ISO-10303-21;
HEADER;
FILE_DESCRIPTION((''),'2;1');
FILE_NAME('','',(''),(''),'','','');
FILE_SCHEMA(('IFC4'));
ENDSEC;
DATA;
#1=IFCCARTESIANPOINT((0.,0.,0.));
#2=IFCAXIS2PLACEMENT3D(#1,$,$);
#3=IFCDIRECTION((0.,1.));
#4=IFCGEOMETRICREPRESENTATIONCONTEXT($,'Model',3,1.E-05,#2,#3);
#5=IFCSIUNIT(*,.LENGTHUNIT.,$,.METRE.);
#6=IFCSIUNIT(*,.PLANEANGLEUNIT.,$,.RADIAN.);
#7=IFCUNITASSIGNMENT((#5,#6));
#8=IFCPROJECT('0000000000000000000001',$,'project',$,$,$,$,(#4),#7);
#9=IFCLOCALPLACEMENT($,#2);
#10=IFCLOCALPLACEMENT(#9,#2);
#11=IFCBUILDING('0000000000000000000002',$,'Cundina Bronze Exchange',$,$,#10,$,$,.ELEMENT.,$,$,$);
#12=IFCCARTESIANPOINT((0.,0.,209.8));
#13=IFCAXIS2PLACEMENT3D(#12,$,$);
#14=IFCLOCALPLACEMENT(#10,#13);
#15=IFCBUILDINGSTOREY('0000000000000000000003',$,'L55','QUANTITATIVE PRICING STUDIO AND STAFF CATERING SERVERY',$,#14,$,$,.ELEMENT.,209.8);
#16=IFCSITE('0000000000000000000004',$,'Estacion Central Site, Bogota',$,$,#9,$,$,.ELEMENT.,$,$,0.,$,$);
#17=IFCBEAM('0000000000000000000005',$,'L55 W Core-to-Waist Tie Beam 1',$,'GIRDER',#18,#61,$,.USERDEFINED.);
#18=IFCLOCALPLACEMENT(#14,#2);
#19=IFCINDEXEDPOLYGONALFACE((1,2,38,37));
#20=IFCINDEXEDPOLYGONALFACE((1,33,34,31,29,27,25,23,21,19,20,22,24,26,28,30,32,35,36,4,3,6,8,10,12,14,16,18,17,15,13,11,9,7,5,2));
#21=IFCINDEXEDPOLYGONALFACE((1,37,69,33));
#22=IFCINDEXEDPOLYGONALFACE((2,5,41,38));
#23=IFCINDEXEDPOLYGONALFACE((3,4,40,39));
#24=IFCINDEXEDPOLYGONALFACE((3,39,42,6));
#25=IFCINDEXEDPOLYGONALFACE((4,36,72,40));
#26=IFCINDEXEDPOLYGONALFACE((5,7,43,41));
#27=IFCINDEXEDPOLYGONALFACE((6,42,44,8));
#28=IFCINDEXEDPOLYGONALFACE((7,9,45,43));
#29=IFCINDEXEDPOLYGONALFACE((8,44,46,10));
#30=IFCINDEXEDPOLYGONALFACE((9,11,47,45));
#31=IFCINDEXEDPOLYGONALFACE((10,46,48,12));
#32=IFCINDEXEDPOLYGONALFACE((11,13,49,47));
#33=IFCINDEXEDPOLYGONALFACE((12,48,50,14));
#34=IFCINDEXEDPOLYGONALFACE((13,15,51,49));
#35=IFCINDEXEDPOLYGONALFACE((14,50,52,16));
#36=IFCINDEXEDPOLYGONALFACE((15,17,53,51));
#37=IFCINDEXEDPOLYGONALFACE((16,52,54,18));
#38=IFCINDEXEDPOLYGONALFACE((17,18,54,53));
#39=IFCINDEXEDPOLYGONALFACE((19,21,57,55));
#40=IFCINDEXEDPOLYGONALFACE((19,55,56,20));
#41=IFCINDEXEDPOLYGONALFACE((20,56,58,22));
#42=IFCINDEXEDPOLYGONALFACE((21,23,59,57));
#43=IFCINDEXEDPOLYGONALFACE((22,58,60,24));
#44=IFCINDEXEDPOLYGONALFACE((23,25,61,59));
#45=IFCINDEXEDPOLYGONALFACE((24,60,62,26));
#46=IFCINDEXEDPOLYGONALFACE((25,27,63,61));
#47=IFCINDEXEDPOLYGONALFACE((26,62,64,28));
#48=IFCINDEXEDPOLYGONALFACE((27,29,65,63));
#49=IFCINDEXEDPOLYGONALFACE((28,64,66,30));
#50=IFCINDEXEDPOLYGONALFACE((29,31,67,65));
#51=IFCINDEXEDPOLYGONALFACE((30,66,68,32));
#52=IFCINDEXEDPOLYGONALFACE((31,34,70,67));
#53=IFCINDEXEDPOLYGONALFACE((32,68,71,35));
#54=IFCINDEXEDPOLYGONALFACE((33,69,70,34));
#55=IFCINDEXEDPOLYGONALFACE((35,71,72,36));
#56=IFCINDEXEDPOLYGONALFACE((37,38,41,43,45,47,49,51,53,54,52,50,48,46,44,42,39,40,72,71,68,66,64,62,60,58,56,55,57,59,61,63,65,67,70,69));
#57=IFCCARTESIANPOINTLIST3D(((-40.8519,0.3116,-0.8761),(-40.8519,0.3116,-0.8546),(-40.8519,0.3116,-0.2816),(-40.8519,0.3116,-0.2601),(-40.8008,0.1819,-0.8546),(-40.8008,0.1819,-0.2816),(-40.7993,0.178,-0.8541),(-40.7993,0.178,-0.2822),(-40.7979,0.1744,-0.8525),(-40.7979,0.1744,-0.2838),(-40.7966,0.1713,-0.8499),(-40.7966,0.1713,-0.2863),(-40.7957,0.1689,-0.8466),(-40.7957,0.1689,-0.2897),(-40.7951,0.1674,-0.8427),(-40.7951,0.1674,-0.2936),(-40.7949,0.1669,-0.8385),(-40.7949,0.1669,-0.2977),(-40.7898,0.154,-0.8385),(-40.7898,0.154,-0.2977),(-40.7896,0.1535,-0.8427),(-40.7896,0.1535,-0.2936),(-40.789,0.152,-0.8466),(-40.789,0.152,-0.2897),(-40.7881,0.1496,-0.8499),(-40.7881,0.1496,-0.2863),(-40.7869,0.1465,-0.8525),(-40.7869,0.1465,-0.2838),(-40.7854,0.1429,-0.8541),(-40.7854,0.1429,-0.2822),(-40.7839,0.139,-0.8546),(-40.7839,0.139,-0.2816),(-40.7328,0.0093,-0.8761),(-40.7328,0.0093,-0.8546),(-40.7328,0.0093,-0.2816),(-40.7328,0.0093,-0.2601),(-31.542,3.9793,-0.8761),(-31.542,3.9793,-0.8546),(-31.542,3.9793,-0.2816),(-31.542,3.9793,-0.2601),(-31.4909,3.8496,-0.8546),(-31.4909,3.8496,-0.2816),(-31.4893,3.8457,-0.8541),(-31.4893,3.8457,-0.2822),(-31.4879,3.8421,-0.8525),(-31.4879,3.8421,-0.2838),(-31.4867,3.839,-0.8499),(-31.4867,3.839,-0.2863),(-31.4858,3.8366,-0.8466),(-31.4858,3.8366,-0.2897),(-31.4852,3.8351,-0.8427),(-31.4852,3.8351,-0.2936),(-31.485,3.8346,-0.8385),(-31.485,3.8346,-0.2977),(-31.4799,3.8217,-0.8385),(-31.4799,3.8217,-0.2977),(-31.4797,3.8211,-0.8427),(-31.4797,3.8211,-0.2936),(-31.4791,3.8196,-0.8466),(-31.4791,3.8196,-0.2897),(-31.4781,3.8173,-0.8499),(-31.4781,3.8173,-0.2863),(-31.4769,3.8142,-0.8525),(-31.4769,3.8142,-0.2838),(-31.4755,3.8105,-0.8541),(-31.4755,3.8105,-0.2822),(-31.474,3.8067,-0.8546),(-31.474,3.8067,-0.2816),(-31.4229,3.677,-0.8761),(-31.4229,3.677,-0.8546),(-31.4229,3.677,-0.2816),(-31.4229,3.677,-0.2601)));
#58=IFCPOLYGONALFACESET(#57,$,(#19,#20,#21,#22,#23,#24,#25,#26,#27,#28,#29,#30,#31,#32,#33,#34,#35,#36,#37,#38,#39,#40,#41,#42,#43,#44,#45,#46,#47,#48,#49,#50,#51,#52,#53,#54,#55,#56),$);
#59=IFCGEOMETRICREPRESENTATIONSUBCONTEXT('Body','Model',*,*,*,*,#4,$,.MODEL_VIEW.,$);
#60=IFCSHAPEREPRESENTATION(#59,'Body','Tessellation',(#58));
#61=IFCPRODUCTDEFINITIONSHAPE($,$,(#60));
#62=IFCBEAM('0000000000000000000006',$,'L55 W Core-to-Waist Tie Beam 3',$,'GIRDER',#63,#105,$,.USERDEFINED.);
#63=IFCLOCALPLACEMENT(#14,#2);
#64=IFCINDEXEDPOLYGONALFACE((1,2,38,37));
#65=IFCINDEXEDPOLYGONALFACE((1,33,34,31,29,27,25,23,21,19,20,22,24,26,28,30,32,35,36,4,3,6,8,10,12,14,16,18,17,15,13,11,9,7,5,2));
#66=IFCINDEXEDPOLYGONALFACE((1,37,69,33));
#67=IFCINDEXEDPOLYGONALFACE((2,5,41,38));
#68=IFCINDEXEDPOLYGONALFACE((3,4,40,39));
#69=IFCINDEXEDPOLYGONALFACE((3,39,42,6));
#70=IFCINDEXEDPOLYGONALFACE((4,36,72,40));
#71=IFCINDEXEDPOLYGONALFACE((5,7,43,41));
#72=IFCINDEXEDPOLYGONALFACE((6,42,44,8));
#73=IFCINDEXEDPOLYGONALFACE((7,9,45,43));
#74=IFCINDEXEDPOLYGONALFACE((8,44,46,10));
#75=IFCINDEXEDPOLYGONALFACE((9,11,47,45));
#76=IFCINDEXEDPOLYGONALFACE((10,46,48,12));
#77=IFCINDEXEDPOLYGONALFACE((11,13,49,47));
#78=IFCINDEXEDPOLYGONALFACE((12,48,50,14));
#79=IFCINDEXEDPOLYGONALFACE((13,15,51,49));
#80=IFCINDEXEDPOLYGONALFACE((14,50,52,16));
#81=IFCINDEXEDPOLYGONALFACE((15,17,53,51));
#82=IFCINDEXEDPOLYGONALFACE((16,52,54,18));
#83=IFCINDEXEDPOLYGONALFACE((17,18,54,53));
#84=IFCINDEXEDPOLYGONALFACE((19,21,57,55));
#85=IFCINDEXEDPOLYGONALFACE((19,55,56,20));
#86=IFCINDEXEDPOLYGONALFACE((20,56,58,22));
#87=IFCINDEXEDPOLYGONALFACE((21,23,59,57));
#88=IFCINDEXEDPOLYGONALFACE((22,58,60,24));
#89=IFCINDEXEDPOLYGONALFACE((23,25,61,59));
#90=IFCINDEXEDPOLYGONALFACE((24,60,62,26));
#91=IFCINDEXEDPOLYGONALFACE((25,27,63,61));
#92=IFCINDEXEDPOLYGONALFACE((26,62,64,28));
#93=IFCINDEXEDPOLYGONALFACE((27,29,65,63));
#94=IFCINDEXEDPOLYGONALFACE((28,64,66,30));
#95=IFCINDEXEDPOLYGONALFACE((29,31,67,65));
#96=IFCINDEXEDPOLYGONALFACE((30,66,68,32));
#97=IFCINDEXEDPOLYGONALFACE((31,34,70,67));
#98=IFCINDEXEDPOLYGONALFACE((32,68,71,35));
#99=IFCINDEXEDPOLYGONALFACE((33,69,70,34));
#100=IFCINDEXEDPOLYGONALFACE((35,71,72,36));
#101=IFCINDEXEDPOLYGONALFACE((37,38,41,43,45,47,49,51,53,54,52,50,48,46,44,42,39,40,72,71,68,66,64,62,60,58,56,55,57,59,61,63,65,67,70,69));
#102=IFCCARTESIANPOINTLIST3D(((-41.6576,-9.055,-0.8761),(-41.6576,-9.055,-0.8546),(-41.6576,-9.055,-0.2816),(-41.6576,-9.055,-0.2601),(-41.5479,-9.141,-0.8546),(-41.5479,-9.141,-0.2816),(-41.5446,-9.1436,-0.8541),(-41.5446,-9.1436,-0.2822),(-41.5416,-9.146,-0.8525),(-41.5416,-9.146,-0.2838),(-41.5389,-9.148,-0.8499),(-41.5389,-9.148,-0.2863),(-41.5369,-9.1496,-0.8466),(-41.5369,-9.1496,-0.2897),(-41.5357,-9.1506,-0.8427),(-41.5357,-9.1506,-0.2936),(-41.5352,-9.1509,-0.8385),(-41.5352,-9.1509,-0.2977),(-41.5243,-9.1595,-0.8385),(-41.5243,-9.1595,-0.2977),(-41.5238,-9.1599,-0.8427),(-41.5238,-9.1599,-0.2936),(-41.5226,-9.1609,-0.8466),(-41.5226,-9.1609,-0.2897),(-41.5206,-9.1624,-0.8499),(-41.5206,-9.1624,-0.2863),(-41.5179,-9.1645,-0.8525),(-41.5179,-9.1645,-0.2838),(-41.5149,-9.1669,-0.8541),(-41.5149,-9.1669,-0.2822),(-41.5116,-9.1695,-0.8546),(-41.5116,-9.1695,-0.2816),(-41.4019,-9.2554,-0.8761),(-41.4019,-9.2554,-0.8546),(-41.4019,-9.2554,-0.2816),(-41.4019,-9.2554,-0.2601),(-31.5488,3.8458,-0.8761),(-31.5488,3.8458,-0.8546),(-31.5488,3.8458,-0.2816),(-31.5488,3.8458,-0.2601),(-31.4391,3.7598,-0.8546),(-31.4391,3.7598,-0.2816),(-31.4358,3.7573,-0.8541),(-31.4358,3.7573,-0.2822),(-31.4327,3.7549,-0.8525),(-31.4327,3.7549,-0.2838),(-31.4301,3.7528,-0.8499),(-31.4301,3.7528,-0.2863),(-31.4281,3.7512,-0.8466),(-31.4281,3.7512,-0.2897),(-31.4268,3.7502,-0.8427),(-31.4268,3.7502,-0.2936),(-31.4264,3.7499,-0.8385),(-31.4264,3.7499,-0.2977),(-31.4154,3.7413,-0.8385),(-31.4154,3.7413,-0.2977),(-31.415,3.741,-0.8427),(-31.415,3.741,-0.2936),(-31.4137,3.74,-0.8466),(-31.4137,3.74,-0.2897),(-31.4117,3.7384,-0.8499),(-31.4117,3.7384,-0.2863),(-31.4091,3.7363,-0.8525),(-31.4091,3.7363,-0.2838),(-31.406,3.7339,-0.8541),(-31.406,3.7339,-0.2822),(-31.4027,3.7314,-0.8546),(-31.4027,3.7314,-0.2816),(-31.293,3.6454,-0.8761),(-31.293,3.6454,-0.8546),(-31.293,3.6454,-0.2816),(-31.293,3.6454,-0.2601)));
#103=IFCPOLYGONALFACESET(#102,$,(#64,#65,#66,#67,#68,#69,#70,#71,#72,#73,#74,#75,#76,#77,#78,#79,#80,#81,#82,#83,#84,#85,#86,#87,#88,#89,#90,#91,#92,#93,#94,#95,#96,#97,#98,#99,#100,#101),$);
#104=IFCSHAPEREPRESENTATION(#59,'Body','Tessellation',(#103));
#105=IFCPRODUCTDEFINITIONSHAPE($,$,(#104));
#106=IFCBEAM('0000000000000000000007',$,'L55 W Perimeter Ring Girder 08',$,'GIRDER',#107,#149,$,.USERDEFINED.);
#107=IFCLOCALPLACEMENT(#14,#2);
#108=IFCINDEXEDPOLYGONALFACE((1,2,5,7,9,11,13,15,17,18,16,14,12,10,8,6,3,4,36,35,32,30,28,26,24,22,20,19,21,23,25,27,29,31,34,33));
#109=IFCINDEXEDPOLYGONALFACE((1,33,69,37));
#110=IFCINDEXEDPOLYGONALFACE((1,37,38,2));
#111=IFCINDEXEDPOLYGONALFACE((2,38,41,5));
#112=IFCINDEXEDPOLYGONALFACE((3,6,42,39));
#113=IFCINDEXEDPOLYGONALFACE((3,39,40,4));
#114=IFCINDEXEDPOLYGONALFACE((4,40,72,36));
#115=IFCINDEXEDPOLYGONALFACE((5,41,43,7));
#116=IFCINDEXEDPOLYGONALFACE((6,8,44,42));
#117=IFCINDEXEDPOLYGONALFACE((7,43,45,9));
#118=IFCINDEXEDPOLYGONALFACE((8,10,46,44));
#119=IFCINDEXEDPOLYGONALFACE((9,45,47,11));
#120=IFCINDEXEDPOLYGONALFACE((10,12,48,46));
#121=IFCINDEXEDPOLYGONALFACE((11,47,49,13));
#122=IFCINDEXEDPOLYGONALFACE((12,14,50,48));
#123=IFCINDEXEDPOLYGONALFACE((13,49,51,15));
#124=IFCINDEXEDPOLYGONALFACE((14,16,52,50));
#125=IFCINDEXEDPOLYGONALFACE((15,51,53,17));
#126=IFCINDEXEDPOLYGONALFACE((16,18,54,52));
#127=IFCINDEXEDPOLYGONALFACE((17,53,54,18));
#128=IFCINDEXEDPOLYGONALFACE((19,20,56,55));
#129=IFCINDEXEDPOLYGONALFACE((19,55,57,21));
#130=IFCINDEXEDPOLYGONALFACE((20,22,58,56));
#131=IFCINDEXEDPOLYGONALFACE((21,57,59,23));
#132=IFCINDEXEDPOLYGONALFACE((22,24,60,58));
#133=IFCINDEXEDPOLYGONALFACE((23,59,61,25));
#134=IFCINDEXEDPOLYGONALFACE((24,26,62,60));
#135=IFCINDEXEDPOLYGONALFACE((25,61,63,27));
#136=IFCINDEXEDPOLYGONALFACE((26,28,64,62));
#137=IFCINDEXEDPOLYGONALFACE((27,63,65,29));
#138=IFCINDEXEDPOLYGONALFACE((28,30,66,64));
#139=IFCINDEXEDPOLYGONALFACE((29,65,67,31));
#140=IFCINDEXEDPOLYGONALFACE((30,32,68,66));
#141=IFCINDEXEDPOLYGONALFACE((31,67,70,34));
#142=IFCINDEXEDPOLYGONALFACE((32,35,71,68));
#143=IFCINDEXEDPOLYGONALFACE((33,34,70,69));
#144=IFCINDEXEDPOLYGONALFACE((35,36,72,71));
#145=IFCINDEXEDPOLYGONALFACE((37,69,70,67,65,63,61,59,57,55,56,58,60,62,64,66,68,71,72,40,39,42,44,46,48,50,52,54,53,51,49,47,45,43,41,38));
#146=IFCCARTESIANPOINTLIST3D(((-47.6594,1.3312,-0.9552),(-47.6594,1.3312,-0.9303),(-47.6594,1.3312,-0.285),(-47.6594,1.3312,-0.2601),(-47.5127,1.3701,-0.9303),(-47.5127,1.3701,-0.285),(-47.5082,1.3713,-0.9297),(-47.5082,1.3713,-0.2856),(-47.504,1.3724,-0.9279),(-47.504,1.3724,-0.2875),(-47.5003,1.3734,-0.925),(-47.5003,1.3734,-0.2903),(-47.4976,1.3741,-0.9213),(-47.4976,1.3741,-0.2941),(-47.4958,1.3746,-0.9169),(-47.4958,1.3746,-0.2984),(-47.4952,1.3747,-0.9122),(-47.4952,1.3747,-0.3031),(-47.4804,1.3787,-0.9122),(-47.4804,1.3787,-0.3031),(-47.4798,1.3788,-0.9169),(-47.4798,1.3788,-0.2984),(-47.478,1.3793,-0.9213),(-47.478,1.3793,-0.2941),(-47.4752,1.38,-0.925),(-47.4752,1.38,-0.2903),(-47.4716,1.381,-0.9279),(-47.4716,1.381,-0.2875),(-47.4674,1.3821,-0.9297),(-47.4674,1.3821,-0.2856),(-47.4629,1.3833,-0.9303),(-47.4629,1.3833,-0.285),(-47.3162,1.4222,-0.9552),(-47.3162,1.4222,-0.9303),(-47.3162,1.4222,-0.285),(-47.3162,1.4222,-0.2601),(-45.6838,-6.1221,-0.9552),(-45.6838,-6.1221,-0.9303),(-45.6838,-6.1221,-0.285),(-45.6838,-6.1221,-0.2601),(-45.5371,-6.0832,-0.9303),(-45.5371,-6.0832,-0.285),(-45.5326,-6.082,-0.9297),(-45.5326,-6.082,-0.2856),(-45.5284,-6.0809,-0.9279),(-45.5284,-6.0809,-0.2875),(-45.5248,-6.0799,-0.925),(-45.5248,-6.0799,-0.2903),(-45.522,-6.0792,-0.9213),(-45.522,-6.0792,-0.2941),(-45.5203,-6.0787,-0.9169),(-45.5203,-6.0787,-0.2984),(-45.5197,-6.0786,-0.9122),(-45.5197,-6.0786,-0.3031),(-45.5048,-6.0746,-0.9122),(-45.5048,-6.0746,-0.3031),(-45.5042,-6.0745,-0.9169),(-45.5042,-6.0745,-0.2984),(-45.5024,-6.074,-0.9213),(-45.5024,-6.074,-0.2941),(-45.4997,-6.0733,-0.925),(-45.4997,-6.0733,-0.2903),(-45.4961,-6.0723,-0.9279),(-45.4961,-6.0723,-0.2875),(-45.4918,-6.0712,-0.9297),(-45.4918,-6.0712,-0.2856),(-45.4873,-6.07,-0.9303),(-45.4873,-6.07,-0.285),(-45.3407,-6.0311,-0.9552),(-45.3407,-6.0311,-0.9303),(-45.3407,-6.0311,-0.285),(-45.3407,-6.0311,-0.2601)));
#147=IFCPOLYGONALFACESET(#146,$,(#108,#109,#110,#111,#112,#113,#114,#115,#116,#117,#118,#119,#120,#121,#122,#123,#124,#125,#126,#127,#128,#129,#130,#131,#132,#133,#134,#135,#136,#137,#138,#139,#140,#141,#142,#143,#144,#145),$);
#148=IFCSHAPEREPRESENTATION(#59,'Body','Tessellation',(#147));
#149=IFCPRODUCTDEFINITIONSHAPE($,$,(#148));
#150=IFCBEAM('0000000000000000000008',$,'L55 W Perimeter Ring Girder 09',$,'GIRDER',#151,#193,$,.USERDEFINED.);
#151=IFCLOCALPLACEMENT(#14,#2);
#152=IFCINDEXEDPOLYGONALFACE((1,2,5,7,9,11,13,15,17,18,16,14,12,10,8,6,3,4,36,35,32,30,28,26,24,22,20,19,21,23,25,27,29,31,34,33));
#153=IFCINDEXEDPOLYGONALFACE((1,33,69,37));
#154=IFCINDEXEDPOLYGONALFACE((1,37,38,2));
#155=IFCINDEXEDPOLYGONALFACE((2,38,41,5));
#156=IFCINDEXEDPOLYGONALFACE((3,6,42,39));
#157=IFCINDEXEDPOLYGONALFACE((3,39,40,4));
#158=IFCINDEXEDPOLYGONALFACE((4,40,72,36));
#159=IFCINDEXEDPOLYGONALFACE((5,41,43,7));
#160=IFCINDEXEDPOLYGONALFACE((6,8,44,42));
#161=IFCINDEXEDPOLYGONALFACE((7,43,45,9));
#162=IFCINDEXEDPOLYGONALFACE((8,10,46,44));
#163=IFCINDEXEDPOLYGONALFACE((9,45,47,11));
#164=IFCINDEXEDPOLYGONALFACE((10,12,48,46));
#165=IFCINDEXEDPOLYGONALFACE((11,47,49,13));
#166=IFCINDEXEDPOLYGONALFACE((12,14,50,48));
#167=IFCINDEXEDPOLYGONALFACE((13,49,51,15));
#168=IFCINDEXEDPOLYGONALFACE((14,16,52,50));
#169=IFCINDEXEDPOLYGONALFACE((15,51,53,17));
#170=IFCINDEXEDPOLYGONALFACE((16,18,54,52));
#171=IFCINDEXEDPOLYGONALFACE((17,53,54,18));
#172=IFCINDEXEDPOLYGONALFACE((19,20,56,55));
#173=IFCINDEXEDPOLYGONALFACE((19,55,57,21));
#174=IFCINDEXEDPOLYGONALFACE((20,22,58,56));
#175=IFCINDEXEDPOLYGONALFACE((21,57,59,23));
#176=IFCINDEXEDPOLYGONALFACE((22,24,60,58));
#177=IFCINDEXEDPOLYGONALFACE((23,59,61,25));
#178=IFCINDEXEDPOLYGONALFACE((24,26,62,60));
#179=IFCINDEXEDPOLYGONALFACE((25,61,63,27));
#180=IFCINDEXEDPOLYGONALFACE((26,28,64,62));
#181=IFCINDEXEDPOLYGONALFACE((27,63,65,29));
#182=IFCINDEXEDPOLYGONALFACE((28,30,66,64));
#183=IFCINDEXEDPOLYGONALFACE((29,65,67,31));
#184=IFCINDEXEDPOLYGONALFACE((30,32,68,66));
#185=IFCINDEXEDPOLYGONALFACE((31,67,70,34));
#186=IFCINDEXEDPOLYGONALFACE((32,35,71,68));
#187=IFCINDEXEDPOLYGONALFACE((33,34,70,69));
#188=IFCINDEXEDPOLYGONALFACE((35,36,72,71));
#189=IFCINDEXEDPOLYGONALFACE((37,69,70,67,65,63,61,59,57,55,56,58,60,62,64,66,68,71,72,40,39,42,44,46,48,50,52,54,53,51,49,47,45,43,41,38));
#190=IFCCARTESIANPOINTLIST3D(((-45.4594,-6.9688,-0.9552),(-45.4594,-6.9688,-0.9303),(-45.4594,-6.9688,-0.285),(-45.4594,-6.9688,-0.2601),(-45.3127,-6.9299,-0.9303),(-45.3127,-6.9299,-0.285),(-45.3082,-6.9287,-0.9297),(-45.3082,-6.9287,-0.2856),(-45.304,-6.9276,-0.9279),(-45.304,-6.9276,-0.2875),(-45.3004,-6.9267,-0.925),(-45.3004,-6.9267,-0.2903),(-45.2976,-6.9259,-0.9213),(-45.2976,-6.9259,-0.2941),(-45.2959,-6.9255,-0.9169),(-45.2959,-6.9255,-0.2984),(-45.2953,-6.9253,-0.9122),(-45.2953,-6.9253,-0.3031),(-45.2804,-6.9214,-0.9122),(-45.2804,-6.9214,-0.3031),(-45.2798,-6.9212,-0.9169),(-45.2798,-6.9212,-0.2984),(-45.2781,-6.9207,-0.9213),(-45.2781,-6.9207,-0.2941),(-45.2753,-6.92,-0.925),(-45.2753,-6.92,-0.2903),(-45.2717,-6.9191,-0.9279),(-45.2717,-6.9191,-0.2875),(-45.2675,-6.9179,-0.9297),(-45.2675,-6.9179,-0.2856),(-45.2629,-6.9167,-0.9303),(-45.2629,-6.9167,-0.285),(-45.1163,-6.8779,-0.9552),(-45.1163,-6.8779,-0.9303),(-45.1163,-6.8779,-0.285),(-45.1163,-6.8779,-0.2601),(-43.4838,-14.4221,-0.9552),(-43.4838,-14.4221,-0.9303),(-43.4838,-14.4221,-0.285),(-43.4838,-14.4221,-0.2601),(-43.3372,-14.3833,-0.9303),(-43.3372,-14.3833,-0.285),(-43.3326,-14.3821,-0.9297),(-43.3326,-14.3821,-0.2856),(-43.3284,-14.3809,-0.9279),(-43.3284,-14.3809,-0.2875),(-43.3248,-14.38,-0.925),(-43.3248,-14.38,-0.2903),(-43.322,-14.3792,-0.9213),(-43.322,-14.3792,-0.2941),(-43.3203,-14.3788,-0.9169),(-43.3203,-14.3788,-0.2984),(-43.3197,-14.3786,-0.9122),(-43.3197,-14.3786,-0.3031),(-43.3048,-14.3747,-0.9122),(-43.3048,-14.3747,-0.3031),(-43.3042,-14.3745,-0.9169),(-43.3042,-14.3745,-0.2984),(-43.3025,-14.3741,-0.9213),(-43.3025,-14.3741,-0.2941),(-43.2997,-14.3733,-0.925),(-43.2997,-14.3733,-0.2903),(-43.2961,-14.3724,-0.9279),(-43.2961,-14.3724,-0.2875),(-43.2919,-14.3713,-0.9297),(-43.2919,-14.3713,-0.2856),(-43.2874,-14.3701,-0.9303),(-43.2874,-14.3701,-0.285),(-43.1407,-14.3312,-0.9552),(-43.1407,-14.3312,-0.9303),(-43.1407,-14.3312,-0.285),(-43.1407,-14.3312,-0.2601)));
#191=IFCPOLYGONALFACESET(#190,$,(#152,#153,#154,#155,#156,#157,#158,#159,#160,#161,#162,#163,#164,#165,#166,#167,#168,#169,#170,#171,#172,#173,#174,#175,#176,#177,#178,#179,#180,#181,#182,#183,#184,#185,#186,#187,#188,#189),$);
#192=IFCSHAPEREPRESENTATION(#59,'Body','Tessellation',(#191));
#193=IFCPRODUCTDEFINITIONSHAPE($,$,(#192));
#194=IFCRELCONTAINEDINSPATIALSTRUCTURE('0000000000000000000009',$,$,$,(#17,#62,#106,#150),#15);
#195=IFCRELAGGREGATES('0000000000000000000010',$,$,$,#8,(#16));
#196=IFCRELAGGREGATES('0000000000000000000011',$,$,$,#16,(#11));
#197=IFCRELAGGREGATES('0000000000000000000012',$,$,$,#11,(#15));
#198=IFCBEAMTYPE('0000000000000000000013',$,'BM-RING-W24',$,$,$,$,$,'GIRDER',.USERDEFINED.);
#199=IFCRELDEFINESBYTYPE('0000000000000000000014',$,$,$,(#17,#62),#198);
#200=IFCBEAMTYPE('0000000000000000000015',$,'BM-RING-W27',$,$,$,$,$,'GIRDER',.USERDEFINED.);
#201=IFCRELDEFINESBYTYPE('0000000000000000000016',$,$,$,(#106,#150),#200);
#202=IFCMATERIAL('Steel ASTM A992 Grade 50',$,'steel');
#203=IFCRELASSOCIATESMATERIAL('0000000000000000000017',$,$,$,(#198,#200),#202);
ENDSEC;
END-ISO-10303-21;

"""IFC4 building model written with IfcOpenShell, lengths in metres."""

from ifc_helpers import new_model, si_unit, direction, frame, origin, origin_2d, place, context, subcontext, project, spatial, i_section, extrude, material, material_profile, profile_set, type_object, element, save


model = new_model("IFC4")

# Units and contexts
model_context = context("Model", 3, precision=1e-05, world=origin(), true_north=direction((0.0, 1.0)))
body_context = subcontext(model_context, "Body", "Model", "MODEL_VIEW")
ifc_project = project(units=[si_unit("LENGTHUNIT", "METRE"), si_unit("PLANEANGLEUNIT", "RADIAN")], contexts=[model_context])

# Site, building, storey
site_placement = place(None, origin())
site = spatial("IfcSite", under=ifc_project, at=site_placement, Name="Estacion Central Site, Bogota", CompositionType="ELEMENT", RefElevation=0.0)
building_placement = place(site_placement, origin())
building = spatial("IfcBuilding", under=site, at=building_placement, Name="Cundina Bronze Exchange", CompositionType="ELEMENT")
storey_placement = place(building_placement, frame((0.0, 0.0, 209.8)))
storey = spatial("IfcBuildingStorey", under=building, at=storey_placement, Name="L55", Description="QUANTITATIVE PRICING STUDIO AND STAFF CATERING SERVERY", CompositionType="ELEMENT", Elevation=209.8)

# Beams
ifc_material_1 = material(Name="Steel ASTM A992 Grade 50", Category="steel")
ifc_material_profile_1 = material_profile(ifc_material_1, i_section(OverallWidth=0.325, OverallDepth=0.616, WebThickness=0.0139, FlangeThickness=0.0215, FilletRadius=0.0161, at=origin_2d()), Name="W24X117", Category="steel")
ifc_profile_set_1 = profile_set([ifc_material_profile_1], Name="Steel ASTM A992 Grade 50")
beam_type_1 = type_object("IfcBeamType", Name="BM-RING-W24", ElementType="GIRDER", PredefinedType="USERDEFINED", material=ifc_profile_set_1)
beam_1_placement = place(storey_placement, frame((-31.4824, 3.8281, -0.5681), z_axis=(-0.930404, -0.366535, 0.0), x_axis=(0.366535, -0.930404, 0.0)))
element("IfcBeam", 1, at=beam_1_placement, inside=storey, type_object=beam_type_1, Name="L55 W Core-to-Waist Tie Beam 1", ObjectType="GIRDER", PredefinedType="USERDEFINED", context=body_context, shape_type="SweptSolid", body=[
    extrude(i_section(OverallWidth=0.325, OverallDepth=0.616, WebThickness=0.0139, FlangeThickness=0.0215, FilletRadius=0.0161, at=origin_2d()), origin(), (0.0, 0.0, 1.0), 10.0063),
])
beam_2_placement = place(storey_placement, frame((-31.4209, 3.7456, -0.5681), z_axis=(-0.616783, -0.787133, 0.0), x_axis=(0.787133, -0.616783, 0.0)))
element("IfcBeam", 2, at=beam_2_placement, inside=storey, type_object=beam_type_1, Name="L55 W Core-to-Waist Tie Beam 3", ObjectType="GIRDER", PredefinedType="USERDEFINED", context=body_context, shape_type="SweptSolid", body=[
    extrude(i_section(OverallWidth=0.325, OverallDepth=0.616, WebThickness=0.0139, FlangeThickness=0.0215, FilletRadius=0.0161, at=origin_2d()), origin(), (0.0, 0.0, 1.0), 16.3896),
])
ifc_material_profile_2 = material_profile(ifc_material_1, i_section(OverallWidth=0.355, OverallDepth=0.6951, WebThickness=0.0154, FlangeThickness=0.0249, FilletRadius=0.0181, at=origin_2d()), Name="W27X146", Category="steel")
ifc_profile_set_2 = profile_set([ifc_material_profile_2], Name="Steel ASTM A992 Grade 50")
beam_type_2 = type_object("IfcBeamType", Name="BM-RING-W27", ElementType="GIRDER", PredefinedType="USERDEFINED", material=ifc_profile_set_2)
for number, where, z_axis, x_axis, name in (
    (3, (-47.4878, 1.3767, -0.6077), (0.256212, -0.966621, 0.0), (0.966621, 0.256212, 0.0), "L55 W Perimeter Ring Girder 08"),
    (4, (-45.2878, -6.9233, -0.6077), (0.256212, -0.966621, 0.0), (0.966621, 0.256212, 0.0), "L55 W Perimeter Ring Girder 09"),
):
    element("IfcBeam", number, at=place(storey_placement, frame(where, z_axis=z_axis, x_axis=x_axis)), inside=storey, type_object=beam_type_2, Name=name, ObjectType="GIRDER", PredefinedType="USERDEFINED", context=body_context, shape_type="SweptSolid", body=[
        extrude(i_section(OverallWidth=0.355, OverallDepth=0.6951, WebThickness=0.0154, FlangeThickness=0.0249, FilletRadius=0.0181, at=origin_2d()), origin(), (0.0, 0.0, 1.0), 7.7107),
    ])

save(model, "model.ifc")
